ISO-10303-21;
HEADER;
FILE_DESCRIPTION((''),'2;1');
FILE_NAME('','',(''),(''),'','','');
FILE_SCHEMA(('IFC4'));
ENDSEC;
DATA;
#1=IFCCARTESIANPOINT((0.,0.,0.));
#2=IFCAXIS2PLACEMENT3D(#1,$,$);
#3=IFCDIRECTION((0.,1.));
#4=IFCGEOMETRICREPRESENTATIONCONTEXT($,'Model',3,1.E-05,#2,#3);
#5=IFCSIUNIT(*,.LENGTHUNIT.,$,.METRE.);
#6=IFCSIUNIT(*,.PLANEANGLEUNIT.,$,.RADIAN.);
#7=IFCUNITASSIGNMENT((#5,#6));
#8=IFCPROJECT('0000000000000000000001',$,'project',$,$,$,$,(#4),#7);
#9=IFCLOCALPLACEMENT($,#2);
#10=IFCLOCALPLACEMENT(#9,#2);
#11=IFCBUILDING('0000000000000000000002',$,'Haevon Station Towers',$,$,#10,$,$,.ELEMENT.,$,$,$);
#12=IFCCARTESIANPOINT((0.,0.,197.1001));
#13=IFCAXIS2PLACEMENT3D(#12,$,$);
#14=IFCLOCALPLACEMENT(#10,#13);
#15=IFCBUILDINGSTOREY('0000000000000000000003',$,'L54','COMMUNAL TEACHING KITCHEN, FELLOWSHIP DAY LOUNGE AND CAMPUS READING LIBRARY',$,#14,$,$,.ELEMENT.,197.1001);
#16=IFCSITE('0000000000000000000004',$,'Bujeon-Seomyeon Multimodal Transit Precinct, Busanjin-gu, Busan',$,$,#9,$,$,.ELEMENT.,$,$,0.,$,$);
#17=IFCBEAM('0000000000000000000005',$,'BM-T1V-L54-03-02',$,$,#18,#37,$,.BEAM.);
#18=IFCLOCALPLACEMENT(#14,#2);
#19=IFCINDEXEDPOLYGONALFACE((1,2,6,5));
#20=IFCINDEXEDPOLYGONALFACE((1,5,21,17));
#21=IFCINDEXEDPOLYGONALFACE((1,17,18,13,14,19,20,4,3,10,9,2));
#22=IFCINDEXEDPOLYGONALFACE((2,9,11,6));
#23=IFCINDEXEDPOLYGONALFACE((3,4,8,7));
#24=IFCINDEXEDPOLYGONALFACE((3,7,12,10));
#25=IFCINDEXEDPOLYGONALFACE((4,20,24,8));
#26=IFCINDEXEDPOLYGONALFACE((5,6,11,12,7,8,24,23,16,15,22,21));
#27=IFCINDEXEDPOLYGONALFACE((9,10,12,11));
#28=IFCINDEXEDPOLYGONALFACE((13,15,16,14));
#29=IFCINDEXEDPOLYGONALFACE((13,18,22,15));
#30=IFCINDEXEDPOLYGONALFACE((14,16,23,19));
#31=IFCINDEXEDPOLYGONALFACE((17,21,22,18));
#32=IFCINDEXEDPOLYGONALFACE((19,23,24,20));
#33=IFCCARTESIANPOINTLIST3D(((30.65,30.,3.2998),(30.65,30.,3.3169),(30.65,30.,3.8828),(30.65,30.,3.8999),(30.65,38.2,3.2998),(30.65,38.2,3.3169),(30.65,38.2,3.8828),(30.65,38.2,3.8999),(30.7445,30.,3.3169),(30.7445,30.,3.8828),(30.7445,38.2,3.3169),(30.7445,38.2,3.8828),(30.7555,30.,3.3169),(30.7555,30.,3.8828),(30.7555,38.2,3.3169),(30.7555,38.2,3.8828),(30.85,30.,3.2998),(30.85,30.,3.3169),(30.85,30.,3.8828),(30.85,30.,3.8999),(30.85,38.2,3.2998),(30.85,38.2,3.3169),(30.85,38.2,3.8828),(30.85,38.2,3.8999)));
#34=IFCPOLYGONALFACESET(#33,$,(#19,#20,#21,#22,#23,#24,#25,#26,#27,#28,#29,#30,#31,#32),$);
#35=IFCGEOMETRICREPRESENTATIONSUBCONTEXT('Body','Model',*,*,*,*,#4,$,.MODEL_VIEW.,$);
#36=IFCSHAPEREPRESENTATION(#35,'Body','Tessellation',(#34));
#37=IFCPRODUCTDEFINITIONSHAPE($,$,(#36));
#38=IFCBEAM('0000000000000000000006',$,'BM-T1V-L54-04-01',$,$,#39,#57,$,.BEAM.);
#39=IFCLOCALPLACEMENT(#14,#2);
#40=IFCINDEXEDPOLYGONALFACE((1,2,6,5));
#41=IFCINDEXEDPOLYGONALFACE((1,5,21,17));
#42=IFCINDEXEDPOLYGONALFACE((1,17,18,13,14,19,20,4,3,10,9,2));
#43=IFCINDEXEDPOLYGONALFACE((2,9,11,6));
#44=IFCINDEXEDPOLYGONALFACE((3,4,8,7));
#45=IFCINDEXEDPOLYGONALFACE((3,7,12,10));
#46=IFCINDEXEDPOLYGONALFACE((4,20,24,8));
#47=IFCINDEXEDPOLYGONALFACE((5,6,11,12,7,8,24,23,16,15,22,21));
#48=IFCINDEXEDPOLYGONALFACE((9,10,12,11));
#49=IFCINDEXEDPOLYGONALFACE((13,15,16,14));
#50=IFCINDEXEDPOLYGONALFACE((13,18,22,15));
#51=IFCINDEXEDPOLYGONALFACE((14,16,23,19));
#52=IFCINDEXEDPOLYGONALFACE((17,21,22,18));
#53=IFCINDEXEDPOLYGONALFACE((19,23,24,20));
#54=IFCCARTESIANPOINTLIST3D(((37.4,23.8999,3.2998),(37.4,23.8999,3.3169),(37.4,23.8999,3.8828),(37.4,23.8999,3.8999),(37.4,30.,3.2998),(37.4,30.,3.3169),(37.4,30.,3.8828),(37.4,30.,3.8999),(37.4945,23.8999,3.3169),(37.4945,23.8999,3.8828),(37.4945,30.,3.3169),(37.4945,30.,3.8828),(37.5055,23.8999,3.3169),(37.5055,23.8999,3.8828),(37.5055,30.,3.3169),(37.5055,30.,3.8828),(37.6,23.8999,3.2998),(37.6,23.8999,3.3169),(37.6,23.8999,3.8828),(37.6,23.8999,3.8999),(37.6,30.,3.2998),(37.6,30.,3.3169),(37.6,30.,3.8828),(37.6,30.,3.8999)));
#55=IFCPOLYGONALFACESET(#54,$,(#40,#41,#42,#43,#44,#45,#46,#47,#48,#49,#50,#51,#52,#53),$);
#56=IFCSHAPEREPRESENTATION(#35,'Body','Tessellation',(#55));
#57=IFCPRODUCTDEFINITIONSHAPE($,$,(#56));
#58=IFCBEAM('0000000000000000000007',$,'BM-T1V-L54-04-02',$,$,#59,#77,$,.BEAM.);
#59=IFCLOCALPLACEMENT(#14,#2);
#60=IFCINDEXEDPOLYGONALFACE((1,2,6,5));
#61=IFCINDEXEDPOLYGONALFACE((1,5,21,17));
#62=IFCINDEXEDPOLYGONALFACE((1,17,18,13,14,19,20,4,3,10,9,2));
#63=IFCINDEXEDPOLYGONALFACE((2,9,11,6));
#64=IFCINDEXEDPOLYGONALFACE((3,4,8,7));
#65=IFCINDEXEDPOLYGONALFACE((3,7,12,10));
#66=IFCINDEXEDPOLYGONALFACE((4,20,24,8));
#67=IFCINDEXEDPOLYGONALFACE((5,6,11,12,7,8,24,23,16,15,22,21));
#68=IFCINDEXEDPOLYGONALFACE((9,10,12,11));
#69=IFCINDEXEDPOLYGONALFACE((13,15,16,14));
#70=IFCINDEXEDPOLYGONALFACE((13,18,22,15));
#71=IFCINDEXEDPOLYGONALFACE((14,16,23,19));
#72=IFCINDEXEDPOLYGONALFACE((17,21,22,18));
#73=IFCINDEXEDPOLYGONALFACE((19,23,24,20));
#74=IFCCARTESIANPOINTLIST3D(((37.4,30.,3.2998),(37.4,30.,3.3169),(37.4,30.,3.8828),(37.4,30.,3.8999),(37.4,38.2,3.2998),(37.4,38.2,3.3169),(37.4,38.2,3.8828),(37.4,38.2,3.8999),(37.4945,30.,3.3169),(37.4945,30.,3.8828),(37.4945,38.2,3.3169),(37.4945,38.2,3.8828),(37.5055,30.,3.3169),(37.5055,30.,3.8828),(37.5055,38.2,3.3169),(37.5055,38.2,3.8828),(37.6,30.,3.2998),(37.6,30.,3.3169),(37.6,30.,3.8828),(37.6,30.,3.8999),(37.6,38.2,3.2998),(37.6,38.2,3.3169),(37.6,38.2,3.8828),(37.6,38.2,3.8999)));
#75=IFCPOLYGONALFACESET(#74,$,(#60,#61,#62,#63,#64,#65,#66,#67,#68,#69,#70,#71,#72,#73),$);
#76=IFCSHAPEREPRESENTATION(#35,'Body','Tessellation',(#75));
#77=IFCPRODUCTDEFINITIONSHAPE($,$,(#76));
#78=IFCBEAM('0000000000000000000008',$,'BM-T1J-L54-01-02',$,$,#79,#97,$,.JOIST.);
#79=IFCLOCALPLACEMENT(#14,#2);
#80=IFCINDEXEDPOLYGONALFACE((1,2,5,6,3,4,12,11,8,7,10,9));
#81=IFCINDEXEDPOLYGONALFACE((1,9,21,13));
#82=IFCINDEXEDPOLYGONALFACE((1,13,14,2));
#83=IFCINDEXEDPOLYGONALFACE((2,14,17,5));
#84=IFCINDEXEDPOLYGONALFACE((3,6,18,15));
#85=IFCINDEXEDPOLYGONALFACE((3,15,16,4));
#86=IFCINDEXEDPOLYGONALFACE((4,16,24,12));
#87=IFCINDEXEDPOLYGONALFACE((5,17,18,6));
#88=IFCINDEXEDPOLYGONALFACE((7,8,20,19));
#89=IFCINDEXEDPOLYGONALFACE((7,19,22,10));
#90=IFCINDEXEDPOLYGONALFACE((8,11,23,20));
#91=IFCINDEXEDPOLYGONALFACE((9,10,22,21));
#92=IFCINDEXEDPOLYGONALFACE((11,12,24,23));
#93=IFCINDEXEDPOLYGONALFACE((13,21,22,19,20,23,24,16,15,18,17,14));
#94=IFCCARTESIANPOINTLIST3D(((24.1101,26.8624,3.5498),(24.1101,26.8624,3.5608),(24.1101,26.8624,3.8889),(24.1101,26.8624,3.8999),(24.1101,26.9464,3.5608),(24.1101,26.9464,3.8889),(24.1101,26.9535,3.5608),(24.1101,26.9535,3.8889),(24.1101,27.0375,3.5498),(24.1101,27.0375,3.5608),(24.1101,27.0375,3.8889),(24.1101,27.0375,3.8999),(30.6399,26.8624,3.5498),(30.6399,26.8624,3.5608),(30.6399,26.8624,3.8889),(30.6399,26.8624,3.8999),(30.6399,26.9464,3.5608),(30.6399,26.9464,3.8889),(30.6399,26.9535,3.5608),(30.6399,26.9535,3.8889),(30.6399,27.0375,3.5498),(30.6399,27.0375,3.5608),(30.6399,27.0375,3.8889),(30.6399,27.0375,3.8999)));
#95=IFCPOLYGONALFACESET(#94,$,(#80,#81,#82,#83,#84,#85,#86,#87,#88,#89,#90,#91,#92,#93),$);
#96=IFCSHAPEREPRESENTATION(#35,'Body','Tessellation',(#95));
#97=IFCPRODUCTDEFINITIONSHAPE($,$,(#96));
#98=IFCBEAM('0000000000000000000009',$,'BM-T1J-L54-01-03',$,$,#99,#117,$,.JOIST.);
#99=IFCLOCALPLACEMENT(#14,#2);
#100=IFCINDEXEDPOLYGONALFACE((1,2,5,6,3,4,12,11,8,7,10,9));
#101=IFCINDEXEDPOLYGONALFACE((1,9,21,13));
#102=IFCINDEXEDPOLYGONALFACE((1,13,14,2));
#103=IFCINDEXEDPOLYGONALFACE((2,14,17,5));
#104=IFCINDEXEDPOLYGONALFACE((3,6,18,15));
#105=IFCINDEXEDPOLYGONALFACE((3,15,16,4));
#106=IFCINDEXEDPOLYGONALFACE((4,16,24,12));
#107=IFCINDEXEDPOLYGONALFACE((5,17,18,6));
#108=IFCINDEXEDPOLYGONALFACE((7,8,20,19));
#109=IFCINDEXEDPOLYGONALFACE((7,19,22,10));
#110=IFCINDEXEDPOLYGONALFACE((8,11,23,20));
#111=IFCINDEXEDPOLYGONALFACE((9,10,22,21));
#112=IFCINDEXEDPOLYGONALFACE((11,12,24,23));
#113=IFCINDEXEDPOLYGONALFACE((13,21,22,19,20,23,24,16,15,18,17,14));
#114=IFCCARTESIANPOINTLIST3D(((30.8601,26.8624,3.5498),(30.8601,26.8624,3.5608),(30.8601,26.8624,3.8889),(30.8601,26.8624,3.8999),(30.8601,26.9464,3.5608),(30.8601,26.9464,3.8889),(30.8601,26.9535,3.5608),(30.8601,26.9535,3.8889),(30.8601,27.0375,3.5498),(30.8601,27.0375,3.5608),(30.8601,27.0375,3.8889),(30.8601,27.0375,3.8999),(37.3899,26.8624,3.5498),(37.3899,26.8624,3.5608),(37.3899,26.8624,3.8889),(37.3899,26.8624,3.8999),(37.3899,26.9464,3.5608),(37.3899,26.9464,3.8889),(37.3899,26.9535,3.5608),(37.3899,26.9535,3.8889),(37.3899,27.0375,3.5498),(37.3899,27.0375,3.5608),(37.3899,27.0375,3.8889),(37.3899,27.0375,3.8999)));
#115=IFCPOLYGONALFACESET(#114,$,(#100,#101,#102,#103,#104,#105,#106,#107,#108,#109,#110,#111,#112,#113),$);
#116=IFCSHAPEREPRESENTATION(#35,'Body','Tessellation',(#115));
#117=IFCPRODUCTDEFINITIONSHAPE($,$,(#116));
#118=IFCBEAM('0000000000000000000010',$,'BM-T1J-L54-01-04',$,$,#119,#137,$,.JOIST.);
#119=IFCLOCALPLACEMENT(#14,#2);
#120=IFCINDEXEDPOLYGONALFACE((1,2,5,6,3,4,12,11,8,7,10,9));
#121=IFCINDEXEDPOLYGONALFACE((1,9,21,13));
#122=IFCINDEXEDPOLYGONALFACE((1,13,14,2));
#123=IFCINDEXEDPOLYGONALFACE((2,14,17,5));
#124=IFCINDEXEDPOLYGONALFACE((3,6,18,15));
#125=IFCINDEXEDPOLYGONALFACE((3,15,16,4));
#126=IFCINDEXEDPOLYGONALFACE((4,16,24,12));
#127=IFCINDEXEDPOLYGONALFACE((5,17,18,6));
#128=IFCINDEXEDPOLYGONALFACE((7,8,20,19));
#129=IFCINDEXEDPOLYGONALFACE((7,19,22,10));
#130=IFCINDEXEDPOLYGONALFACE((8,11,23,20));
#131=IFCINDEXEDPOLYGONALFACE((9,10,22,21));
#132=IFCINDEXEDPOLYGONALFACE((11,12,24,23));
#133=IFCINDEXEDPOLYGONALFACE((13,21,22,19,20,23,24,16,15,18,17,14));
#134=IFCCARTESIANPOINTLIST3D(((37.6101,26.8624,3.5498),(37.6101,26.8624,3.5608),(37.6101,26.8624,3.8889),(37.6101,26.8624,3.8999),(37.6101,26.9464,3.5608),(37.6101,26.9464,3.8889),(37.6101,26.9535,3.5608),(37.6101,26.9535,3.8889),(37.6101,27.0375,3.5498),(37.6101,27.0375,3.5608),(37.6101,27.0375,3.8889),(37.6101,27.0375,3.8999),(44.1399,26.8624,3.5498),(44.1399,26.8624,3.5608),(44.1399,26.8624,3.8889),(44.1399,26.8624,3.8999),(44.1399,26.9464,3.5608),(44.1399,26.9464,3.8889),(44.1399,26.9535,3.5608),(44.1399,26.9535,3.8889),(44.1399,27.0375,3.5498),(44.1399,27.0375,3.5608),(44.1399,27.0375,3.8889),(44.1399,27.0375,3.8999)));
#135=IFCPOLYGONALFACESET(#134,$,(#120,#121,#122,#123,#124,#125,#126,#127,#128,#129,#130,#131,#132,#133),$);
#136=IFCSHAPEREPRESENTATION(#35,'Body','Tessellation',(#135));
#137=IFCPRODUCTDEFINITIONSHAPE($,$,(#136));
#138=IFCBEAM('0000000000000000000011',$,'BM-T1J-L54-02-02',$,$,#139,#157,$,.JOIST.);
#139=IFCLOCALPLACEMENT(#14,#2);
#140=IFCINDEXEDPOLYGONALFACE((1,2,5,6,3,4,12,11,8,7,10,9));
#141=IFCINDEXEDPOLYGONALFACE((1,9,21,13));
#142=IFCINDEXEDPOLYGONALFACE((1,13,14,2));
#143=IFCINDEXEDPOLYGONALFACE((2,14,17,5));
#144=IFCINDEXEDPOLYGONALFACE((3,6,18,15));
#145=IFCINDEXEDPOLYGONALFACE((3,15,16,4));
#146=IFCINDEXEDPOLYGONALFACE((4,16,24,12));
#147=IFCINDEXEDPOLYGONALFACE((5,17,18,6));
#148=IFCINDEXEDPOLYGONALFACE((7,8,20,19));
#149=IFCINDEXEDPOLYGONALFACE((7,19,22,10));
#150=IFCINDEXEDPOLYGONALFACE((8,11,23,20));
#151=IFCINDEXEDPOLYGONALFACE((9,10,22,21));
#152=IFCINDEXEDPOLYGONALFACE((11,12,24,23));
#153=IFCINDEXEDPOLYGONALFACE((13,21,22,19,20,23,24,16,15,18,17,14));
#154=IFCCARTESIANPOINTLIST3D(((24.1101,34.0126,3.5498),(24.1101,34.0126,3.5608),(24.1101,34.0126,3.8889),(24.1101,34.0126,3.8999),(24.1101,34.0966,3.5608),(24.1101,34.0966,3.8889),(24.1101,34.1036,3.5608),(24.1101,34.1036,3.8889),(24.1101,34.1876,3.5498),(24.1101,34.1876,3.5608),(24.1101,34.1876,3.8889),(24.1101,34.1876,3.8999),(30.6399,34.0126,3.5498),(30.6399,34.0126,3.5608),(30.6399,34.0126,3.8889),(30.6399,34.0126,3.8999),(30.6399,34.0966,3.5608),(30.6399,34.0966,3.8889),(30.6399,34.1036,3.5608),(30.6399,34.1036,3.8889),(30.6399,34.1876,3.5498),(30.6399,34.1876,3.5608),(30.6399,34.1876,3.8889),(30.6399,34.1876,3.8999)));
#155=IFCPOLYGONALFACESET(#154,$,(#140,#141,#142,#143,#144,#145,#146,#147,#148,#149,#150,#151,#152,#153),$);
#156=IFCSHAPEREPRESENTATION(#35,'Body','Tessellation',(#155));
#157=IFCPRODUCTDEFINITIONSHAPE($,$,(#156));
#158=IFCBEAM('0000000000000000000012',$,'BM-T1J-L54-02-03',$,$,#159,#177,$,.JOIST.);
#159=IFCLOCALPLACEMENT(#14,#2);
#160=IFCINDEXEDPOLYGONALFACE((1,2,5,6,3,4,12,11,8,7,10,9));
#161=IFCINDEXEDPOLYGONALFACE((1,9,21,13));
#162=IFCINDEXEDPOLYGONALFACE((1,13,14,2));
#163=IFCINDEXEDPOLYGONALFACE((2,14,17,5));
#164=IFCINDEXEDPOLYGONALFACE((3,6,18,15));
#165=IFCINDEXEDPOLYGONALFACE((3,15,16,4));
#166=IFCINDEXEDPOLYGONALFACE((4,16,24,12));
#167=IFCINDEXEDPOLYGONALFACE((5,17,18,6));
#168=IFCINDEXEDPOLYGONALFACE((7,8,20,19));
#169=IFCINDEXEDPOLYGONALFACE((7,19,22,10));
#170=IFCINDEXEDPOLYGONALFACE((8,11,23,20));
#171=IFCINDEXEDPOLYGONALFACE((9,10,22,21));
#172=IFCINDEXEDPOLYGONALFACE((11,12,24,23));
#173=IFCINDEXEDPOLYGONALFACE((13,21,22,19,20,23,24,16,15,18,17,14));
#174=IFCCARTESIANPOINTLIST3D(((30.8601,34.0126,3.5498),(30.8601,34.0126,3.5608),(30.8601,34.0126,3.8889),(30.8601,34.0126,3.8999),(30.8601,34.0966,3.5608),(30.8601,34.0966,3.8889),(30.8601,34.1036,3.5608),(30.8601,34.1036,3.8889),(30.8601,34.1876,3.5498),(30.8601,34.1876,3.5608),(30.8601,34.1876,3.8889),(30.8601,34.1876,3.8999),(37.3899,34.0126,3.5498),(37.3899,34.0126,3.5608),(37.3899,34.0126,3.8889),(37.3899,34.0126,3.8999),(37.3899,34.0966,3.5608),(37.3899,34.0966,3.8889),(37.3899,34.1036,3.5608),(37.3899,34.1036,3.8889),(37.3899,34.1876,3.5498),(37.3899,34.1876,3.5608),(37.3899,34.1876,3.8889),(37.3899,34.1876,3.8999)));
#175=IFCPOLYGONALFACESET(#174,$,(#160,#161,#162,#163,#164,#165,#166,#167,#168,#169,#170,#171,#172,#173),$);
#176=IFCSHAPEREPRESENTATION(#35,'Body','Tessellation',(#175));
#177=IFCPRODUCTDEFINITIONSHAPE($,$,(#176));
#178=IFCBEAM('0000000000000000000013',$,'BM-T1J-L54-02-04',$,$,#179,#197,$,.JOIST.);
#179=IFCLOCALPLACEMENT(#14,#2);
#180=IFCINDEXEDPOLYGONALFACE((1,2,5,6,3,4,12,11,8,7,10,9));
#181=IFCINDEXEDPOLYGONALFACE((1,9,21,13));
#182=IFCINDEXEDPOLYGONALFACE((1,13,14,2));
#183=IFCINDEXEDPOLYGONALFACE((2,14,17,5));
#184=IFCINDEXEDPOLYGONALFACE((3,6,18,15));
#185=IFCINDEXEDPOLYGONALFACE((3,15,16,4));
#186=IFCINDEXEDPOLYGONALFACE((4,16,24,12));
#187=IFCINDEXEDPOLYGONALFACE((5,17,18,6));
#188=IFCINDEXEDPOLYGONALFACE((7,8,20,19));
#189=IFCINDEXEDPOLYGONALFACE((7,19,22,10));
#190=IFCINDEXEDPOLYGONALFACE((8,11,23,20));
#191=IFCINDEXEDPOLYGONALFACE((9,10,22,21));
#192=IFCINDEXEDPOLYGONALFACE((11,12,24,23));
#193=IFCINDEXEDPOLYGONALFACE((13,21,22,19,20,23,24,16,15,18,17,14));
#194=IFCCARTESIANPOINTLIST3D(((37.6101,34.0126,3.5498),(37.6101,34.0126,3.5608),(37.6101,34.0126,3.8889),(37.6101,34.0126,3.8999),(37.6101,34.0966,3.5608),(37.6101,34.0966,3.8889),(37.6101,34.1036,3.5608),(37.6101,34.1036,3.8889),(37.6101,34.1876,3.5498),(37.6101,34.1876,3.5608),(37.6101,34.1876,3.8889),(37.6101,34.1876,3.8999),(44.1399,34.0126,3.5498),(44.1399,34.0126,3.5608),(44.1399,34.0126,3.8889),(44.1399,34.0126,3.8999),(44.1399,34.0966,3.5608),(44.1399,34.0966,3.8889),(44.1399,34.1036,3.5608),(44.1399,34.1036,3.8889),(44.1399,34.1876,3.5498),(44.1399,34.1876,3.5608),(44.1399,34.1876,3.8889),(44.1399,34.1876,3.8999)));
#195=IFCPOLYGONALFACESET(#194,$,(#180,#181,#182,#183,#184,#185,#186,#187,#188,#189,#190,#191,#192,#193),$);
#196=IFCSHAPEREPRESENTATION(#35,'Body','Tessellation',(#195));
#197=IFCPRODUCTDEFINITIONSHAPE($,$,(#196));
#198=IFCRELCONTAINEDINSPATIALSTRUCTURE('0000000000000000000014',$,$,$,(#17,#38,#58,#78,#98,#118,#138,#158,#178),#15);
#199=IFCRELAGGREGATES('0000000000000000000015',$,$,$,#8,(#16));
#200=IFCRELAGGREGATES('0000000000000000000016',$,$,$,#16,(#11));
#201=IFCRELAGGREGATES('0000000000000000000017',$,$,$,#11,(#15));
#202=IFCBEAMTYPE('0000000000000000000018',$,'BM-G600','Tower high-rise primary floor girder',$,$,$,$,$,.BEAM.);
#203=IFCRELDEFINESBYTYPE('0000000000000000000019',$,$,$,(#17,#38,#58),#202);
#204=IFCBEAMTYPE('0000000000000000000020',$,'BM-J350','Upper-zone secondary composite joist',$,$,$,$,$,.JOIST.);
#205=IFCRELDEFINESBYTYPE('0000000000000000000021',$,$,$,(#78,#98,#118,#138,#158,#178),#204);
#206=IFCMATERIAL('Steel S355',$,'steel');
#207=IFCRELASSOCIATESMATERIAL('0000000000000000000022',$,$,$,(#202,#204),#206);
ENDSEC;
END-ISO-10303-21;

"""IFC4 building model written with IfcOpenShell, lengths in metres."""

from ifc_helpers import new_model, si_unit, direction, frame, origin, origin_2d, place, context, subcontext, project, spatial, i_section, extrude, material, material_profile, profile_set, type_object, element, save


model = new_model("IFC4")

# Units and contexts
model_context = context("Model", 3, precision=1e-05, world=origin(), true_north=direction((0.0, 1.0)))
body_context = subcontext(model_context, "Body", "Model", "MODEL_VIEW")
ifc_project = project(units=[si_unit("LENGTHUNIT", "METRE"), si_unit("PLANEANGLEUNIT", "RADIAN")], contexts=[model_context])

# Site, building, storey
site_placement = place(None, origin())
site = spatial("IfcSite", under=ifc_project, at=site_placement, Name="Bujeon-Seomyeon Multimodal Transit Precinct, Busanjin-gu, Busan", CompositionType="ELEMENT", RefElevation=0.0)
building_placement = place(site_placement, origin())
building = spatial("IfcBuilding", under=site, at=building_placement, Name="Haevon Station Towers", CompositionType="ELEMENT")
storey_placement = place(building_placement, frame((0.0, 0.0, 197.1001)))
storey = spatial("IfcBuildingStorey", under=building, at=storey_placement, Name="L54", Description="COMMUNAL TEACHING KITCHEN, FELLOWSHIP DAY LOUNGE AND CAMPUS READING LIBRARY", CompositionType="ELEMENT", Elevation=197.1001)

# Shared definitions
ifc_material_1 = material(Name="Steel S355", Category="steel")

# Beams
ifc_material_profile_1 = material_profile(ifc_material_1, i_section(OverallWidth=0.2, OverallDepth=0.6001, WebThickness=0.011, FlangeThickness=0.0171, at=origin_2d()), Name="H-600x200x11x17")
ifc_profile_set_1 = profile_set([ifc_material_profile_1], Name="Steel S355")
beam_type_1 = type_object("IfcBeamType", Name="BM-G600", Description="Tower high-rise primary floor girder", PredefinedType="BEAM", material=ifc_profile_set_1)
beam_1_placement = place(storey_placement, frame((30.75, 30.0, 3.5999), z_axis=(0.0, 1.0, 0.0), x_axis=(-1.0, 0.0, 0.0)))
element("IfcBeam", 1, at=beam_1_placement, inside=storey, type_object=beam_type_1, Name="BM-T1V-L54-03-02", PredefinedType="BEAM", context=body_context, shape_type="SweptSolid", body=[
    extrude(i_section(OverallWidth=0.2, OverallDepth=0.6001, WebThickness=0.011, FlangeThickness=0.0171, at=origin_2d()), origin(), (0.0, 0.0, 1.0), 8.2),
])
beam_2_placement = place(storey_placement, frame((37.5, 23.8999, 3.5999), z_axis=(0.0, 1.0, 0.0), x_axis=(-1.0, 0.0, 0.0)))
element("IfcBeam", 2, at=beam_2_placement, inside=storey, type_object=beam_type_1, Name="BM-T1V-L54-04-01", PredefinedType="BEAM", context=body_context, shape_type="SweptSolid", body=[
    extrude(i_section(OverallWidth=0.2, OverallDepth=0.6001, WebThickness=0.011, FlangeThickness=0.0171, at=origin_2d()), origin(), (0.0, 0.0, 1.0), 6.1001),
])
beam_3_placement = place(storey_placement, frame((37.5, 30.0, 3.5999), z_axis=(0.0, 1.0, 0.0), x_axis=(-1.0, 0.0, 0.0)))
element("IfcBeam", 3, at=beam_3_placement, inside=storey, type_object=beam_type_1, Name="BM-T1V-L54-04-02", PredefinedType="BEAM", context=body_context, shape_type="SweptSolid", body=[
    extrude(i_section(OverallWidth=0.2, OverallDepth=0.6001, WebThickness=0.011, FlangeThickness=0.0171, at=origin_2d()), origin(), (0.0, 0.0, 1.0), 8.2),
])
ifc_material_profile_2 = material_profile(ifc_material_1, i_section(OverallWidth=0.175, OverallDepth=0.3501, WebThickness=0.0071, FlangeThickness=0.011, at=origin_2d()), Name="H-350x175x7x11")
ifc_profile_set_2 = profile_set([ifc_material_profile_2], Name="Steel S355")
beam_type_2 = type_object("IfcBeamType", Name="BM-J350", Description="Upper-zone secondary composite joist", PredefinedType="JOIST", material=ifc_profile_set_2)
for number, where, z_axis, x_axis, name in (
    (4, (24.1101, 26.95, 3.7249), (1.0, 0.0, 0.0), (0.0, 1.0, 0.0), "BM-T1J-L54-01-02"),
    (5, (30.8601, 26.95, 3.7249), (1.0, 0.0, 0.0), (0.0, 1.0, 0.0), "BM-T1J-L54-01-03"),
    (6, (37.6101, 26.95, 3.7249), (1.0, 0.0, 0.0), (0.0, 1.0, 0.0), "BM-T1J-L54-01-04"),
    (7, (24.1101, 34.1001, 3.7249), (1.0, 0.0, 0.0), (0.0, 1.0, 0.0), "BM-T1J-L54-02-02"),
    (8, (30.8601, 34.1001, 3.7249), (1.0, 0.0, 0.0), (0.0, 1.0, 0.0), "BM-T1J-L54-02-03"),
    (9, (37.6101, 34.1001, 3.7249), (1.0, 0.0, 0.0), (0.0, 1.0, 0.0), "BM-T1J-L54-02-04"),
):
    element("IfcBeam", number, at=place(storey_placement, frame(where, z_axis=z_axis, x_axis=x_axis)), inside=storey, type_object=beam_type_2, Name=name, PredefinedType="JOIST", context=body_context, shape_type="SweptSolid", body=[
        extrude(i_section(OverallWidth=0.175, OverallDepth=0.3501, WebThickness=0.0071, FlangeThickness=0.011, at=origin_2d()), origin(), (0.0, 0.0, 1.0), 6.5298),
    ])

save(model, "model.ifc")
